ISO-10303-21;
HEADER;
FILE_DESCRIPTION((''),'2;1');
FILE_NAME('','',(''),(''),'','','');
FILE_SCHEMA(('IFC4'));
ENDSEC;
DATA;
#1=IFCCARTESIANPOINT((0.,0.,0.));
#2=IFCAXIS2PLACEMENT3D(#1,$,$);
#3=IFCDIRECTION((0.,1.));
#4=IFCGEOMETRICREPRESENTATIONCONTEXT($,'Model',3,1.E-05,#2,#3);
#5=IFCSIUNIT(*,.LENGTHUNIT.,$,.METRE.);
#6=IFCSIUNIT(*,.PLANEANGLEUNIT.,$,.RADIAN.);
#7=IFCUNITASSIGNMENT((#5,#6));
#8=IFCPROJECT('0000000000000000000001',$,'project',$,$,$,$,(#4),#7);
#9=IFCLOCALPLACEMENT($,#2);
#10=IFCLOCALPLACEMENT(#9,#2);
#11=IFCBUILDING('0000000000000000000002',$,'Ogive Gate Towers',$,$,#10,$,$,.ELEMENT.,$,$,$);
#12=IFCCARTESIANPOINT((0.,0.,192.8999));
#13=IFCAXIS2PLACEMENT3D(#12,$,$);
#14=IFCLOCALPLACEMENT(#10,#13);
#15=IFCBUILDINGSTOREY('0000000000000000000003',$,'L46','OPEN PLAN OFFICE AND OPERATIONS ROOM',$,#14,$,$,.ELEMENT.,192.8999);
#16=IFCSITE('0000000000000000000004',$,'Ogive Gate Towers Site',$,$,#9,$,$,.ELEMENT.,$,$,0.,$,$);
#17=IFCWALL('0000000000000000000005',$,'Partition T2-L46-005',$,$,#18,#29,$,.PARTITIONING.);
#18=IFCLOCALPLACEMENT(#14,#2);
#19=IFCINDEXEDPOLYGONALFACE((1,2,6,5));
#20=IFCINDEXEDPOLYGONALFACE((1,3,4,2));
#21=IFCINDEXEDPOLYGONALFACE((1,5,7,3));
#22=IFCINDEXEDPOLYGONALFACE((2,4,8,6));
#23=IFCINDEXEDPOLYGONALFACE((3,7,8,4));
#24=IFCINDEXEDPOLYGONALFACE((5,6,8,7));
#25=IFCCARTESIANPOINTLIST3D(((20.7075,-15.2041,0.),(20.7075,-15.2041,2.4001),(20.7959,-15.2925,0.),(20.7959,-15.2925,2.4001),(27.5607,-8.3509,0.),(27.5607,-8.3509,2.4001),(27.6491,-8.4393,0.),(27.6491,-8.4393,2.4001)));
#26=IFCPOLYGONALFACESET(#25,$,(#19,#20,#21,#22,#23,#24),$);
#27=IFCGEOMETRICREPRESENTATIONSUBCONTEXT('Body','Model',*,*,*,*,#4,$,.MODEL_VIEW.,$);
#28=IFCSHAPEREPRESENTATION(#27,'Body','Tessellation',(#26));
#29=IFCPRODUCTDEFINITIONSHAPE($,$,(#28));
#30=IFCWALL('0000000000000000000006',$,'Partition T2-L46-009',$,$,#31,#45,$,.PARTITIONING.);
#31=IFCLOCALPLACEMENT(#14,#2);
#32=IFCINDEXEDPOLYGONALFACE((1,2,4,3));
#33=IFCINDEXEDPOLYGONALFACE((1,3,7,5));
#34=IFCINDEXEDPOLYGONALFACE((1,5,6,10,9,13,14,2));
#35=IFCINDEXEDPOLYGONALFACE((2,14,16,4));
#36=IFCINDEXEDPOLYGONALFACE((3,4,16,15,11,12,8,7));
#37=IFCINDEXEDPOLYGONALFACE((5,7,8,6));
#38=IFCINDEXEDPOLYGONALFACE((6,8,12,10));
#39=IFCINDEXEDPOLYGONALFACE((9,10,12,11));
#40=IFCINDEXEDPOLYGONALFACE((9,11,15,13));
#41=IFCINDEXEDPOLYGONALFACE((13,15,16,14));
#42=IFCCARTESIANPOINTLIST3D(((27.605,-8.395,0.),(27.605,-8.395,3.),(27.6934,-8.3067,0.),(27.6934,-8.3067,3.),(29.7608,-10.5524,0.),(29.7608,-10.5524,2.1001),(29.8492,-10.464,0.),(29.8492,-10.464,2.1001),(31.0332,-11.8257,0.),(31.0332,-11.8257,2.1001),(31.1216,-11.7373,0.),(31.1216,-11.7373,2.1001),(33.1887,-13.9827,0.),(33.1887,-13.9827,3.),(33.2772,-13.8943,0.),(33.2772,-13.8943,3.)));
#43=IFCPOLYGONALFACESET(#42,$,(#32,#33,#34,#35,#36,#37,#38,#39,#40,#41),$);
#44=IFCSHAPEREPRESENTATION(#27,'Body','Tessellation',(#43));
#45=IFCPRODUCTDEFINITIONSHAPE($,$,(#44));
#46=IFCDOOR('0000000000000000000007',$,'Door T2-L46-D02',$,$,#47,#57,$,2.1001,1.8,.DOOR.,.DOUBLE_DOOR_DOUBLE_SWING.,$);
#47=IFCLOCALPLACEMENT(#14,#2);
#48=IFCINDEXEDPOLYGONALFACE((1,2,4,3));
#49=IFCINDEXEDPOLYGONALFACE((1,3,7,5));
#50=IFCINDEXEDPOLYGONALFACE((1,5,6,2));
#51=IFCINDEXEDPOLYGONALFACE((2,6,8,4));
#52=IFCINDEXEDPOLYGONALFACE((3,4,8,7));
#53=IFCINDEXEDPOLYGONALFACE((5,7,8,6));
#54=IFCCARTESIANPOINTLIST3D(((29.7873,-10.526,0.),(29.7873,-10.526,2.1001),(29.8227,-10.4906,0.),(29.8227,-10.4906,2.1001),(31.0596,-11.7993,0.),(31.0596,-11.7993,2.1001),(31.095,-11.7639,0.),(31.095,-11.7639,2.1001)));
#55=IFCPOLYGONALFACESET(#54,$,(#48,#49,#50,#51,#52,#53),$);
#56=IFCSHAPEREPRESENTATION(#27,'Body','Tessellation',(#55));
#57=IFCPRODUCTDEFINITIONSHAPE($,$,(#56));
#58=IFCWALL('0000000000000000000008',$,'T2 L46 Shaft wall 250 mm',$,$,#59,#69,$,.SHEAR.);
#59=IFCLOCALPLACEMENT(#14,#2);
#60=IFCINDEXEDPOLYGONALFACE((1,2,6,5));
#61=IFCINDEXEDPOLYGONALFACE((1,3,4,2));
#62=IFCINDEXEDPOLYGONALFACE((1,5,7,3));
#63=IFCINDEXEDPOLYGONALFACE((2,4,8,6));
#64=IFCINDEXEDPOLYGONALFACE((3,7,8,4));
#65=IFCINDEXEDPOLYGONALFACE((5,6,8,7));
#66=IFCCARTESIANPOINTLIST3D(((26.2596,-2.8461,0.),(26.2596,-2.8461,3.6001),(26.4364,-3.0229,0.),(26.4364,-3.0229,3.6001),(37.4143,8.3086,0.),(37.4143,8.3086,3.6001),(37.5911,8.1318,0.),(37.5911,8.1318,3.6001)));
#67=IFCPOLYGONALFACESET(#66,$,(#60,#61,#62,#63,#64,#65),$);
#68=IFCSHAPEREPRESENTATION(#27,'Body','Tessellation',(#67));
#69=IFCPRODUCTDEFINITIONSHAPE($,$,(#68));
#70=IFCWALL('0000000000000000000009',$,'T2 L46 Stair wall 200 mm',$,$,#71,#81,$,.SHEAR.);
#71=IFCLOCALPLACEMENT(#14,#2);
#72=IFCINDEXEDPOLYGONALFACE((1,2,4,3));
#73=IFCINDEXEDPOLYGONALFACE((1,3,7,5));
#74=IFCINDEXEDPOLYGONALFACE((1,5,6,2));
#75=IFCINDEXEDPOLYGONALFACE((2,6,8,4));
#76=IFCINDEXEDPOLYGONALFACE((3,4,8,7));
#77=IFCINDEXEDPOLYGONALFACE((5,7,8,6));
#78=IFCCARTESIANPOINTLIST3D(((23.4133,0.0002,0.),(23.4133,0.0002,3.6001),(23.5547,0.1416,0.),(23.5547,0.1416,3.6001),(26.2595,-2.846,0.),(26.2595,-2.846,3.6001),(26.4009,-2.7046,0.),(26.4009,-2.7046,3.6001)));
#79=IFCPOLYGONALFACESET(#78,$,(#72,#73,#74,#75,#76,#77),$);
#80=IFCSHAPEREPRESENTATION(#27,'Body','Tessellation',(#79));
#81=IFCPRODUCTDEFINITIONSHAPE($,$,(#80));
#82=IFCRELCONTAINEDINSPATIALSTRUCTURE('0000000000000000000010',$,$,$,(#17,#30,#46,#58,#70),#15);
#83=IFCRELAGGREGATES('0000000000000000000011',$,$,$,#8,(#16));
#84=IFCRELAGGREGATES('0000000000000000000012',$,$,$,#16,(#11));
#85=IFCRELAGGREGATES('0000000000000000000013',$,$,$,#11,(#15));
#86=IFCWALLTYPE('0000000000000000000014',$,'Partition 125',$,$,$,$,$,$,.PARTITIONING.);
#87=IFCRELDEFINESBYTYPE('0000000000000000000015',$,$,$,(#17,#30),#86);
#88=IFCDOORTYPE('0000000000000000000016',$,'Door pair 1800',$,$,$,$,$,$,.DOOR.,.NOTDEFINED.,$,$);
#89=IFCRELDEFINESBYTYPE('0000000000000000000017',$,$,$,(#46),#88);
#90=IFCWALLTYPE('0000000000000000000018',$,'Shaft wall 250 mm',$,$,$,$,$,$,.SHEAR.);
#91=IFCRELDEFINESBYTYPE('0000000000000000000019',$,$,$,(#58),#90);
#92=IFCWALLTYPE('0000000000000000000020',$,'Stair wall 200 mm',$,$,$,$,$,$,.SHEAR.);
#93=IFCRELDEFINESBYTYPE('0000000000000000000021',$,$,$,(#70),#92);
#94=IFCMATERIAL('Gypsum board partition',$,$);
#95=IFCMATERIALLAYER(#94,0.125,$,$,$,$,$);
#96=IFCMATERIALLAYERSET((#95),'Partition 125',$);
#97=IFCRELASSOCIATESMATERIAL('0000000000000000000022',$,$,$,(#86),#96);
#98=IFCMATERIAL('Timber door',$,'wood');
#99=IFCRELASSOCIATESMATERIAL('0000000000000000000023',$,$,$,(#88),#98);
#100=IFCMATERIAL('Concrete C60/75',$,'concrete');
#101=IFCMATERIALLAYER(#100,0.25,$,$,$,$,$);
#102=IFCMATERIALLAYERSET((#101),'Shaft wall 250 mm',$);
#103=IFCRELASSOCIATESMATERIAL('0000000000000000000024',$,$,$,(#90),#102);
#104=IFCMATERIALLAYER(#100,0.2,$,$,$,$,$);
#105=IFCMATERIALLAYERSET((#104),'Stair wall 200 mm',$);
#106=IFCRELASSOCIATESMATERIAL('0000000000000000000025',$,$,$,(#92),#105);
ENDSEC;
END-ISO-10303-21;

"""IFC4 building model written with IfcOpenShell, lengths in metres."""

from ifc_helpers import new_model, si_unit, direction, frame, frame_2d, origin, place, context, subcontext, project, spatial, rectangle, extrude, material, layer, layer_set, type_object, element, fill, save


model = new_model("IFC4")

# Units and contexts
model_context = context("Model", 3, precision=1e-05, world=origin(), true_north=direction((0.0, 1.0)))
body_context = subcontext(model_context, "Body", "Model", "MODEL_VIEW")
ifc_project = project(units=[si_unit("LENGTHUNIT", "METRE"), si_unit("PLANEANGLEUNIT", "RADIAN")], contexts=[model_context])

# Site, building, storey
site_placement = place(None, origin())
site = spatial("IfcSite", under=ifc_project, at=site_placement, Name="Ogive Gate Towers Site", CompositionType="ELEMENT", RefElevation=0.0)
building_placement = place(site_placement, origin())
building = spatial("IfcBuilding", under=site, at=building_placement, Name="Ogive Gate Towers", CompositionType="ELEMENT")
storey_placement = place(building_placement, frame((0.0, 0.0, 192.8999)))
storey = spatial("IfcBuildingStorey", under=building, at=storey_placement, Name="L46", Description="OPEN PLAN OFFICE AND OPERATIONS ROOM", CompositionType="ELEMENT", Elevation=192.8999)

# Wall
ifc_material_1 = material(Name="Gypsum board partition")
ifc_layer_1 = layer(ifc_material_1, 0.125)
ifc_layer_set_1 = layer_set([ifc_layer_1], Name="Partition 125")
wall_type_1 = type_object("IfcWallType", Name="Partition 125", PredefinedType="PARTITIONING", material=ifc_layer_set_1)
wall_1_placement = place(storey_placement, frame((20.7517, -15.2483, 0.0), z_axis=(0.0, 0.0, 1.0), x_axis=(0.707107, 0.707107, 0.0)))
element("IfcWall", 1, at=wall_1_placement, inside=storey, type_object=wall_type_1, Name="Partition T2-L46-005", PredefinedType="PARTITIONING", context=body_context, shape_type="SweptSolid", body=[
    extrude(rectangle(XDim=9.6919, YDim=0.125, at=frame_2d((4.8459, 0.0))), origin(), (0.0, 0.0, 1.0), 2.4001),
])

# Wall, opening, door
wall_2_placement = place(storey_placement, frame((27.6492, -8.3508, 0.0), z_axis=(0.0, 0.0, 1.0), x_axis=(0.706859, -0.707354, 0.0)))
wall_2 = element("IfcWall", 2, at=wall_2_placement, inside=storey, type_object=wall_type_1, Name="Partition T2-L46-009", PredefinedType="PARTITIONING", context=body_context, shape_type="SweptSolid", body=[
    extrude(rectangle(XDim=7.8994, YDim=0.125, at=frame_2d((3.9497, 0.0))), origin(), (0.0, 0.0, 1.0), 3.0),
])
opening_placement = place(wall_2_placement, frame((3.05, 0.0, 0.0)))
opening = element("IfcOpeningElement", 3, at=opening_placement, cuts=wall_2, PredefinedType="OPENING", context=body_context, shape_type="SweptSolid", body=[
    extrude(rectangle(XDim=1.8, YDim=2.1001, at=frame_2d((0.8999, 1.05))), frame((0.0, 0.0725, 0.0), z_axis=(0.0, -1.0, 0.0), x_axis=(1.0, 0.0, 0.0)), (0.0, 0.0, 1.0), 0.145),
])
ifc_material_2 = material(Name="Timber door", Category="wood")
door_type = type_object("IfcDoorType", Name="Door pair 1800", OperationType="NOTDEFINED", PredefinedType="DOOR", material=ifc_material_2)
door_placement = place(opening_placement, origin())
door = element("IfcDoor", 4, at=door_placement, inside=storey, type_object=door_type, Name="Door T2-L46-D02", OperationType="DOUBLE_DOOR_DOUBLE_SWING", OverallHeight=2.1001, OverallWidth=1.8, PredefinedType="DOOR", context=body_context, shape_type="SweptSolid", body=[
    extrude(rectangle(XDim=1.8, YDim=2.1001, at=frame_2d((0.8999, 1.05))), frame((0.0, 0.0249, 0.0), z_axis=(0.0, -1.0, 0.0), x_axis=(1.0, 0.0, 0.0)), (0.0, 0.0, 1.0), 0.05),
])
fill(opening, door)

# Walls
ifc_material_3 = material(Name="Concrete C60/75", Category="concrete")
ifc_layer_2 = layer(ifc_material_3, 0.25)
ifc_layer_set_2 = layer_set([ifc_layer_2], Name="Shaft wall 250 mm")
wall_type_2 = type_object("IfcWallType", Name="Shaft wall 250 mm", PredefinedType="SHEAR", material=ifc_layer_set_2)
wall_3_placement = place(storey_placement, frame((26.3479, -2.9346, 0.0), z_axis=(0.0, 0.0, 1.0), x_axis=(0.707107, 0.707107, 0.0)))
element("IfcWall", 5, at=wall_3_placement, inside=storey, type_object=wall_type_2, Name="T2 L46 Shaft wall 250 mm", PredefinedType="SHEAR", context=body_context, shape_type="SweptSolid", body=[
    extrude(rectangle(XDim=15.7751, YDim=0.25, at=frame_2d((7.8877, 0.0))), origin(), (0.0, 0.0, 1.0), 3.6001),
])
ifc_layer_3 = layer(ifc_material_3, 0.2)
ifc_layer_set_3 = layer_set([ifc_layer_3], Name="Stair wall 200 mm")
wall_type_3 = type_object("IfcWallType", Name="Stair wall 200 mm", PredefinedType="SHEAR", material=ifc_layer_set_3)
wall_4_placement = place(storey_placement, frame((26.3303, -2.7754, 0.0), z_axis=(0.0, 0.0, 1.0), x_axis=(-0.707107, 0.707107, 0.0)))
element("IfcWall", 6, at=wall_4_placement, inside=storey, type_object=wall_type_3, Name="T2 L46 Stair wall 200 mm", PredefinedType="SHEAR", context=body_context, shape_type="SweptSolid", body=[
    extrude(rectangle(XDim=4.0251, YDim=0.2, at=frame_2d((2.0127, 0.0))), origin(), (0.0, 0.0, 1.0), 3.6001),
])

save(model, "model.ifc")
